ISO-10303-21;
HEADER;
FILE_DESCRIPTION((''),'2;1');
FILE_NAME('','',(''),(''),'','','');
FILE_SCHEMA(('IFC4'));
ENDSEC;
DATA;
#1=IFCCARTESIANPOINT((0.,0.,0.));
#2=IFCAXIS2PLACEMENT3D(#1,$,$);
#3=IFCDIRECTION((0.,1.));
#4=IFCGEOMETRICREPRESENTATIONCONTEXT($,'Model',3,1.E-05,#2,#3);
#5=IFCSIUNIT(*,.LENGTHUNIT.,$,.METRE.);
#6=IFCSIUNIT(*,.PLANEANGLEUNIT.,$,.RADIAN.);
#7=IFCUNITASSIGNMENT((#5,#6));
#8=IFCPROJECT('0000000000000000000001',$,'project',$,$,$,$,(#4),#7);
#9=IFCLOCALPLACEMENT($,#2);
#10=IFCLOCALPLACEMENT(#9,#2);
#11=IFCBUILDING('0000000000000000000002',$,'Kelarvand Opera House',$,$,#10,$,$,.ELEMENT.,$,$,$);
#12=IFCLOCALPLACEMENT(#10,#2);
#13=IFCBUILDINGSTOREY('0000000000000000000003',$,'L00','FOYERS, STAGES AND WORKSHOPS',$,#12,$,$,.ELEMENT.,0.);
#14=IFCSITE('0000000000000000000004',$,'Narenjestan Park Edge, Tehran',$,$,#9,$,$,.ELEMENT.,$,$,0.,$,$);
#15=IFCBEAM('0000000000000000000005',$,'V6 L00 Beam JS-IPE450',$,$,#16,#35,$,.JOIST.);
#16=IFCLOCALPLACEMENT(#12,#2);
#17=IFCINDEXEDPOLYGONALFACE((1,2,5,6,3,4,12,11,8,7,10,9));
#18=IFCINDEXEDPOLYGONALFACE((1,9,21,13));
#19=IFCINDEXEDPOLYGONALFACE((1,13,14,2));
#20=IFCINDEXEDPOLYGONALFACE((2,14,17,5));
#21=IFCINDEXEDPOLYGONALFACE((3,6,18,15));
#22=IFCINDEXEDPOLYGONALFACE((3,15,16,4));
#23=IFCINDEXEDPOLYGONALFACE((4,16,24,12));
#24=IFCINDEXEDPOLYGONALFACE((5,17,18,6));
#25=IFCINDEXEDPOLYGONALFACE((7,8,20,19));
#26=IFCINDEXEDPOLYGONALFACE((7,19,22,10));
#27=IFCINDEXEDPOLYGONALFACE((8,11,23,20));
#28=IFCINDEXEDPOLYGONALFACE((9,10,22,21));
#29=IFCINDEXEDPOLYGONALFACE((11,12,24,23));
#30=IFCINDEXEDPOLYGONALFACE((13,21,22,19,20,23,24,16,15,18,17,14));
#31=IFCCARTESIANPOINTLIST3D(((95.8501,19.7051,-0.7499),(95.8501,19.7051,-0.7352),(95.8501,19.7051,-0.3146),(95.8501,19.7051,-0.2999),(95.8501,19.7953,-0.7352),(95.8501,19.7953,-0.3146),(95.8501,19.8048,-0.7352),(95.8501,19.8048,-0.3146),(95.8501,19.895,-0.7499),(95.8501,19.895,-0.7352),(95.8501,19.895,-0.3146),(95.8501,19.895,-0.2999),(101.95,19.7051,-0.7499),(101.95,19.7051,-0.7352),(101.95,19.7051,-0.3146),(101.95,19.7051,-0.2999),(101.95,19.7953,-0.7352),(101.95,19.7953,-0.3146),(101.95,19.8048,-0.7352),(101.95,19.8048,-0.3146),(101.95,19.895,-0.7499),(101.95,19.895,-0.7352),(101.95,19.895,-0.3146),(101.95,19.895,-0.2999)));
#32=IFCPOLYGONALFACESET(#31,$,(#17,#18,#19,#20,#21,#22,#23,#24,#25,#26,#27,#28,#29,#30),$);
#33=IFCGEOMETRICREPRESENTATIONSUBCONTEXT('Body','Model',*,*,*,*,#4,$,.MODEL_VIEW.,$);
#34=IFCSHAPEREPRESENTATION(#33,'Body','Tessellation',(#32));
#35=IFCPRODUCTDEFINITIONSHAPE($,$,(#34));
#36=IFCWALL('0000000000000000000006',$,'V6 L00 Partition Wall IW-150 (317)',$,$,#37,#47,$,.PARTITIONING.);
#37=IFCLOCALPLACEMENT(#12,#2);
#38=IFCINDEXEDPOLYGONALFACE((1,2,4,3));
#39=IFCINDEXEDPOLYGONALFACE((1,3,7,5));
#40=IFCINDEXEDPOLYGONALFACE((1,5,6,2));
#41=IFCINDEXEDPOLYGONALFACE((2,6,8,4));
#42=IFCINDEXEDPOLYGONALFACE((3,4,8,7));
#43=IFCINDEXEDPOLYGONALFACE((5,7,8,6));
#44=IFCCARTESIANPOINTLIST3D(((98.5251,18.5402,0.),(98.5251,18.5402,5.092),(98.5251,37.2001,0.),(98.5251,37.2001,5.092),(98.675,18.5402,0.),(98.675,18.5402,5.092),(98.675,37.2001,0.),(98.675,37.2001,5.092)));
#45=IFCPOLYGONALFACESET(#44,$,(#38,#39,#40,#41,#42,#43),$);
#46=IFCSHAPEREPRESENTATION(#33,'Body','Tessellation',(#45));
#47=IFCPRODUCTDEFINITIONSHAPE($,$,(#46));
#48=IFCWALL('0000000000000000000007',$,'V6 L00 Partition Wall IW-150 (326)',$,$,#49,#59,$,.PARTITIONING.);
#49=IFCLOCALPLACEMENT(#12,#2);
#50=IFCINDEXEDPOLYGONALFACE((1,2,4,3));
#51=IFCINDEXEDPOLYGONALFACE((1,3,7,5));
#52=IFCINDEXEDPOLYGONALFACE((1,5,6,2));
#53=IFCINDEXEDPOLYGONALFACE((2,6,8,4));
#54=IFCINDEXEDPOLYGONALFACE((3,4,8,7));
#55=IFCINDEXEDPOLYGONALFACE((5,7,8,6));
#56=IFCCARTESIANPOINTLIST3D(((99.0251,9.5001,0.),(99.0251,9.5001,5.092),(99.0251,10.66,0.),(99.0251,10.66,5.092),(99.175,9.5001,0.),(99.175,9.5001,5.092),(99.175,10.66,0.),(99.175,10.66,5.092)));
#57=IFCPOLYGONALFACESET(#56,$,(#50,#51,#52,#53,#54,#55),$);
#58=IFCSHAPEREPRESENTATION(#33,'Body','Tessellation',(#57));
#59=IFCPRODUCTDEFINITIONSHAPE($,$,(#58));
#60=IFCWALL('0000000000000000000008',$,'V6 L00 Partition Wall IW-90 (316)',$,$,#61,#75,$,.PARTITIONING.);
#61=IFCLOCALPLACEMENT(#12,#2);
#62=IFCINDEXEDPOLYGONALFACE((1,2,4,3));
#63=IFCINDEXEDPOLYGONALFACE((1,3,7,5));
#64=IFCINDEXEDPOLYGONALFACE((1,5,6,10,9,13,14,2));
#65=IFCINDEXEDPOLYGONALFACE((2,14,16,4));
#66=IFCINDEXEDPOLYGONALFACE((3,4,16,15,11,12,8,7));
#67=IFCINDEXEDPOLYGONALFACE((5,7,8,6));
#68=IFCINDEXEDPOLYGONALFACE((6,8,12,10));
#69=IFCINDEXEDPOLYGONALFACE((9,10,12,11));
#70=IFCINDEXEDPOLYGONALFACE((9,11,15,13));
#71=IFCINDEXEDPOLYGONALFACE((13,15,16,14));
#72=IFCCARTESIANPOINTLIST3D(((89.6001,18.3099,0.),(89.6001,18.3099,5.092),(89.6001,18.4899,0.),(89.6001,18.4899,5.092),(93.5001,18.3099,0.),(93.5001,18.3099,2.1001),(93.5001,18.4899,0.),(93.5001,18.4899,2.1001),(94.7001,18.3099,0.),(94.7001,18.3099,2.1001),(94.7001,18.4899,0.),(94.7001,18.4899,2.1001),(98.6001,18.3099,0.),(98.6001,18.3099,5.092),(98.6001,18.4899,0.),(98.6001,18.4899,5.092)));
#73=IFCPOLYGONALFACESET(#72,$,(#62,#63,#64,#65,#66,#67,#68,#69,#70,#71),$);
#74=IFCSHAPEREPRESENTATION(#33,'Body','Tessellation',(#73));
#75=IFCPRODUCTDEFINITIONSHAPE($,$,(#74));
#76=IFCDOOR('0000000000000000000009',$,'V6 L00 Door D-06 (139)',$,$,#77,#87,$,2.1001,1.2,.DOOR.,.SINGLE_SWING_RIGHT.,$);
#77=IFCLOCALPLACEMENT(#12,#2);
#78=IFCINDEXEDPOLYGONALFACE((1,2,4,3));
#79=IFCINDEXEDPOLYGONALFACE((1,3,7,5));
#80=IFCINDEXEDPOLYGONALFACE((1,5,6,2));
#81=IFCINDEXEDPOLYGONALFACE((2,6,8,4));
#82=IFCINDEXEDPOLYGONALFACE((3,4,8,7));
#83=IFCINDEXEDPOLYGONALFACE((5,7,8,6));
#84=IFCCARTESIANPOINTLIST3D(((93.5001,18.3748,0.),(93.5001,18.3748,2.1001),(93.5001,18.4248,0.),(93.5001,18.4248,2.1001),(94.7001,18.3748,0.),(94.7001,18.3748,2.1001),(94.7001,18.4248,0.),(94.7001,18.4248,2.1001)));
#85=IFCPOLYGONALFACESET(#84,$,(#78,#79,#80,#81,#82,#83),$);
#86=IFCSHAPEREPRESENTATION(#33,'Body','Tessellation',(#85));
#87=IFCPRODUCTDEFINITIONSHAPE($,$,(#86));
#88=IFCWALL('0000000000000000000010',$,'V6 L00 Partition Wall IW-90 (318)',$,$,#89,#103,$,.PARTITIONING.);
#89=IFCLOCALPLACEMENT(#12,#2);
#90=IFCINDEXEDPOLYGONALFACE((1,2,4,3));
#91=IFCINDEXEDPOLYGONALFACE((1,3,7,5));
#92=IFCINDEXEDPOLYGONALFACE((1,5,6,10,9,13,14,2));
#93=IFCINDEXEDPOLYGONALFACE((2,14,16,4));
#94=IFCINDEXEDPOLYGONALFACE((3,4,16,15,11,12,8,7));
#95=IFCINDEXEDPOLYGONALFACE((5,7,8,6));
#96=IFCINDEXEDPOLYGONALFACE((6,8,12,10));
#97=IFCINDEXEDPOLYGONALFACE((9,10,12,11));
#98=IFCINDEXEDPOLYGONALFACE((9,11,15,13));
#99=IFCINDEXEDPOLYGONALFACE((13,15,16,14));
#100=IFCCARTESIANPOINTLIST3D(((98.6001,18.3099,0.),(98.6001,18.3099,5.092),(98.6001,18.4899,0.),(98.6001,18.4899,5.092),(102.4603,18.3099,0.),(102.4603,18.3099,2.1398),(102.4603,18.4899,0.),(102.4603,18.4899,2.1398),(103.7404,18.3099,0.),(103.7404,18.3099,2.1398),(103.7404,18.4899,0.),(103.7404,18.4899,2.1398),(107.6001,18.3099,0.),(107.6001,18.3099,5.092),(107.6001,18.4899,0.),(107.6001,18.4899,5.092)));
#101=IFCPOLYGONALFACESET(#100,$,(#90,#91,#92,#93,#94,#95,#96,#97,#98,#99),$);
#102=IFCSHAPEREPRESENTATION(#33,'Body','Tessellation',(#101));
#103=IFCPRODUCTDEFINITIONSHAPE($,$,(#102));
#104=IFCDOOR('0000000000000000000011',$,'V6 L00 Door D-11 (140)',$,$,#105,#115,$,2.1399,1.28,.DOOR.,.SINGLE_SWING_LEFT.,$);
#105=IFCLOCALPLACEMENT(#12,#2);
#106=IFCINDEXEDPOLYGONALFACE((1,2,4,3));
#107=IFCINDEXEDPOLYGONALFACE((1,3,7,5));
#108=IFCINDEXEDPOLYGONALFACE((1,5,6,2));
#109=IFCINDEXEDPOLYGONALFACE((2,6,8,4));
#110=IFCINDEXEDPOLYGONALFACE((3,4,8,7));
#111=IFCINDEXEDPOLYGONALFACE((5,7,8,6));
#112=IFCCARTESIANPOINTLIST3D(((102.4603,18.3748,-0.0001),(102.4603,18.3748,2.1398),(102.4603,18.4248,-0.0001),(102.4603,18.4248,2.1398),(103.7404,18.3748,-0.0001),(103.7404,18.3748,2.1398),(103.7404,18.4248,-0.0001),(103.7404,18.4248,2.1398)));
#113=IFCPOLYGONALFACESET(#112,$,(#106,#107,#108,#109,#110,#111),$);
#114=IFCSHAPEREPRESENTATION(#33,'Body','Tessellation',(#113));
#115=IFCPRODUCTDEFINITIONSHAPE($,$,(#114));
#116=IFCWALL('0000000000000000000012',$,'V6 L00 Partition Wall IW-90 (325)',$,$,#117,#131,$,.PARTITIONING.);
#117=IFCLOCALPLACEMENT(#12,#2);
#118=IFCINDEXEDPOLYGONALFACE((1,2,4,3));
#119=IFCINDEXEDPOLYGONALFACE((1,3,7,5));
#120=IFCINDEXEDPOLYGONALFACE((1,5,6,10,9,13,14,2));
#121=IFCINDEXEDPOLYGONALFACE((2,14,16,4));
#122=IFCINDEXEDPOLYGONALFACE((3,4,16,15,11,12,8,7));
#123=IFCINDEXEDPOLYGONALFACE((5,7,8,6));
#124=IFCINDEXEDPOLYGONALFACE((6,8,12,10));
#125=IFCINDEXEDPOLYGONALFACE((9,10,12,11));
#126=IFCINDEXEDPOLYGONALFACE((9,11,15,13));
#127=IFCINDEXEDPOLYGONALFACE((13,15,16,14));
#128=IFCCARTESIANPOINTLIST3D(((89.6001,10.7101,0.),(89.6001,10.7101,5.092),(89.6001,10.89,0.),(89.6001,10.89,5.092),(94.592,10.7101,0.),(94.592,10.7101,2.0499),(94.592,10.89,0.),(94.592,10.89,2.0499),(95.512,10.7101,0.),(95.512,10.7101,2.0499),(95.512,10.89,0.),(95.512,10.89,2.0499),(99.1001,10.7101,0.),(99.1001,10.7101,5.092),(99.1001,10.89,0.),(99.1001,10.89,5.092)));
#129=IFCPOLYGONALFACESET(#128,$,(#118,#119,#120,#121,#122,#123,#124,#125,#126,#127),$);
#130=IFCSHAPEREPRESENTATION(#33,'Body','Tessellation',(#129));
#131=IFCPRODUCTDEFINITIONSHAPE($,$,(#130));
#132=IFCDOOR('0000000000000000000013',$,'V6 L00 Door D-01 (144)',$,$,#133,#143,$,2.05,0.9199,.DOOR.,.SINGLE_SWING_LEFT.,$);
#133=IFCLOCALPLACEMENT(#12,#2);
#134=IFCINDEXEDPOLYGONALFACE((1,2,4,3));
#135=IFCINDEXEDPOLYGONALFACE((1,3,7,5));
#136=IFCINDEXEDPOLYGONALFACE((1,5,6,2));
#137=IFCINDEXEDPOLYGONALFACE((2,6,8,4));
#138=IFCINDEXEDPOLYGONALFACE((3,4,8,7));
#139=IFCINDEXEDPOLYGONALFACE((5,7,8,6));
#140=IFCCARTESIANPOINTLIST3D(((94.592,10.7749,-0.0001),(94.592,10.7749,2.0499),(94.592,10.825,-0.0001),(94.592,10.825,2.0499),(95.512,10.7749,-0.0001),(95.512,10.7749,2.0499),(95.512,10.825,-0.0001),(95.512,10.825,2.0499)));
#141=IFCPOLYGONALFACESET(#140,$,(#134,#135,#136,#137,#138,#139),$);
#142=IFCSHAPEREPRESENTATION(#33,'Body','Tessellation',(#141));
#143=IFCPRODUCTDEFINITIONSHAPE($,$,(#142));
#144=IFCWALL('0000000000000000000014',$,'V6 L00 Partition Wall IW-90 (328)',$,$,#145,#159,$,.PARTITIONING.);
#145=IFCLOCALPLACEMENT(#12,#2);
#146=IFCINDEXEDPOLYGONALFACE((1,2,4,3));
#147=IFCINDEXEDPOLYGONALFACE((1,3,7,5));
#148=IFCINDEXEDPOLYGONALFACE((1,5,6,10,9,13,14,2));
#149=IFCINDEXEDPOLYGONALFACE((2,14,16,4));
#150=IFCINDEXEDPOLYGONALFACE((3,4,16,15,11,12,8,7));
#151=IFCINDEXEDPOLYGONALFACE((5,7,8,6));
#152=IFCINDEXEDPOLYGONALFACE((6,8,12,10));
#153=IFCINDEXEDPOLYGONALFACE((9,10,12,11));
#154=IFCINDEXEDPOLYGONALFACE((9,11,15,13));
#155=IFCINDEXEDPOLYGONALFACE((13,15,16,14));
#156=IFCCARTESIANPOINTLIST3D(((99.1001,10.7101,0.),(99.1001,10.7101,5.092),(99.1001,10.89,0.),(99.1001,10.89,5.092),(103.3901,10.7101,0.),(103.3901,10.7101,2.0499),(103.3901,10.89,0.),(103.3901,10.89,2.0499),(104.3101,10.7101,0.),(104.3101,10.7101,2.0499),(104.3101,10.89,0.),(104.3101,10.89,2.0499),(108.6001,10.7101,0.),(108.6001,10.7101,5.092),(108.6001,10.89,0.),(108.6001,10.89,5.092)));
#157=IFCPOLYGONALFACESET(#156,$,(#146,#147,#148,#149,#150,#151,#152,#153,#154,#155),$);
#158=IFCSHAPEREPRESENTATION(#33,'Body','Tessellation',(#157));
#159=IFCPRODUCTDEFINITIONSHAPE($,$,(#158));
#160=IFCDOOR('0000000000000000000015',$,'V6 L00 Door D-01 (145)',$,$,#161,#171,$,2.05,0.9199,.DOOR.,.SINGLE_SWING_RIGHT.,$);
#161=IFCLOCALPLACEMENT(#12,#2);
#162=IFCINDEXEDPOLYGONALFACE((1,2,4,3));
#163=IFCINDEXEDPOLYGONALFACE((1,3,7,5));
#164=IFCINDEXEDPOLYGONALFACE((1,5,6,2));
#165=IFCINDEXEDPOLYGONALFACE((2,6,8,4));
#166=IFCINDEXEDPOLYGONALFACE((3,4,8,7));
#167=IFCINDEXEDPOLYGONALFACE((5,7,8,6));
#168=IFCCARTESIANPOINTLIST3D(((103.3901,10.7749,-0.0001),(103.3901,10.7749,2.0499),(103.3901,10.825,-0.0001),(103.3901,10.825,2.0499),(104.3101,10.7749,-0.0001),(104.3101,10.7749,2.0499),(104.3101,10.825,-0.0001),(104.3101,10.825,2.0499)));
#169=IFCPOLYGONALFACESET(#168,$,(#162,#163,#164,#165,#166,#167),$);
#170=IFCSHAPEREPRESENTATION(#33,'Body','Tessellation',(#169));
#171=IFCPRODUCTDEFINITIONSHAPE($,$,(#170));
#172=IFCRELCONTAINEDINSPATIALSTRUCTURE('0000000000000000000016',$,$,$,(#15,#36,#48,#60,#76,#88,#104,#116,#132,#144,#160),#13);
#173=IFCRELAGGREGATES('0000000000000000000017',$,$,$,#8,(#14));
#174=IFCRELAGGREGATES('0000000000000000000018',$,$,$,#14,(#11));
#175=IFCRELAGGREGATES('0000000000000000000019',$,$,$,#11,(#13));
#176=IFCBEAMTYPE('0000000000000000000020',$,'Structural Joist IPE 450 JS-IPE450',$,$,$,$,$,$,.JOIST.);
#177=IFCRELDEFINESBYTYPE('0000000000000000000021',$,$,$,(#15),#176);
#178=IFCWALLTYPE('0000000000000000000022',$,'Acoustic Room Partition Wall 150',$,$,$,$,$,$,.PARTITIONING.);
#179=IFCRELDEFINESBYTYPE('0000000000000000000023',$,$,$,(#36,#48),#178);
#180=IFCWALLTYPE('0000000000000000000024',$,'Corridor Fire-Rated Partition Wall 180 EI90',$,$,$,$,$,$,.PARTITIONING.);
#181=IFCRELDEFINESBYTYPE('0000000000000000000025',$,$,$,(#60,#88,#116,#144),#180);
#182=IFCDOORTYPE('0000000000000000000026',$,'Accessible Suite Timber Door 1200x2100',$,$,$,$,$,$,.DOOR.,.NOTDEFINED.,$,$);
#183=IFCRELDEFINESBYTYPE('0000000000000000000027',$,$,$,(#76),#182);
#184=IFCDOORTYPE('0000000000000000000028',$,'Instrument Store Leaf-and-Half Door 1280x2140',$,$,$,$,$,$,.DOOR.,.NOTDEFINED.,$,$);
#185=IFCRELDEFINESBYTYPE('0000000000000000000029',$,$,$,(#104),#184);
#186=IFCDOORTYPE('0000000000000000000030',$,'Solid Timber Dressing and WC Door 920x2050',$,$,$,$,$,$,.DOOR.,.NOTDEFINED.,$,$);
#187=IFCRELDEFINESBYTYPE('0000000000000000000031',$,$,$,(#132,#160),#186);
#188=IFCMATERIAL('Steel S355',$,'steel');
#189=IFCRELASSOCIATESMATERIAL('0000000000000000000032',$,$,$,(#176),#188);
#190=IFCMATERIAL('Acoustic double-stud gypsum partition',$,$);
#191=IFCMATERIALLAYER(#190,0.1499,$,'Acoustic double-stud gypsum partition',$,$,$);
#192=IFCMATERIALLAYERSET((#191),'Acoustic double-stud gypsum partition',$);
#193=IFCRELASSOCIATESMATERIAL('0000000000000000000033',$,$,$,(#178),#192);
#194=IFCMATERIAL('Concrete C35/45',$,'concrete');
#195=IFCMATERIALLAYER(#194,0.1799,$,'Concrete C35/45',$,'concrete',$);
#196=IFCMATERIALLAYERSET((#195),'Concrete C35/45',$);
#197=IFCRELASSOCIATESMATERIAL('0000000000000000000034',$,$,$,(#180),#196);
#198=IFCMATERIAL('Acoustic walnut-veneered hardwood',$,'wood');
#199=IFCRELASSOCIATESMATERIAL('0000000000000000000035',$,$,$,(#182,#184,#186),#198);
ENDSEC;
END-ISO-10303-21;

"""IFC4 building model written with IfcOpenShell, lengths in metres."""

from ifc_helpers import new_model, si_unit, direction, frame, frame_2d, origin, origin_2d, place, context, subcontext, project, spatial, rectangle, i_section, extrude, material, layer, layer_set, material_profile, profile_set, type_object, element, fill, save


model = new_model("IFC4")

# Units and contexts
model_context = context("Model", 3, precision=1e-05, world=origin(), true_north=direction((0.0, 1.0)))
body_context = subcontext(model_context, "Body", "Model", "MODEL_VIEW")
ifc_project = project(units=[si_unit("LENGTHUNIT", "METRE"), si_unit("PLANEANGLEUNIT", "RADIAN")], contexts=[model_context])

# Site, building, storey
site_placement = place(None, origin())
site = spatial("IfcSite", under=ifc_project, at=site_placement, Name="Narenjestan Park Edge, Tehran", CompositionType="ELEMENT", RefElevation=0.0)
building_placement = place(site_placement, origin())
building = spatial("IfcBuilding", under=site, at=building_placement, Name="Kelarvand Opera House", CompositionType="ELEMENT")
storey_placement = place(building_placement, origin())
storey = spatial("IfcBuildingStorey", under=building, at=storey_placement, Name="L00", Description="FOYERS, STAGES AND WORKSHOPS", CompositionType="ELEMENT", Elevation=0.0)

# Beam
ifc_material_1 = material(Name="Steel S355", Category="steel")
ifc_material_profile_1 = material_profile(ifc_material_1, i_section(OverallWidth=0.1899, OverallDepth=0.45, WebThickness=0.0095, FlangeThickness=0.0146, at=origin_2d()), Name="IPE 450", Category="steel")
ifc_profile_set_1 = profile_set([ifc_material_profile_1], Name="Steel S355")
beam_type_1 = type_object("IfcBeamType", Name="Structural Joist IPE 450 JS-IPE450", PredefinedType="JOIST", material=ifc_profile_set_1)
beam_1_placement = place(storey_placement, frame((95.8501, 19.8, -0.5249), z_axis=(1.0, 0.0, 0.0), x_axis=(0.0, 1.0, 0.0)))
element("IfcBeam", 1, at=beam_1_placement, inside=storey, type_object=beam_type_1, Name="V6 L00 Beam JS-IPE450", PredefinedType="JOIST", context=body_context, shape_type="SweptSolid", body=[
    extrude(i_section(OverallWidth=0.1899, OverallDepth=0.45, WebThickness=0.0095, FlangeThickness=0.0146, at=origin_2d()), origin(), (0.0, 0.0, 1.0), 6.0999),
])

# Walls
ifc_material_2 = material(Name="Acoustic double-stud gypsum partition")
ifc_layer_1 = layer(ifc_material_2, 0.1499, Name="Acoustic double-stud gypsum partition")
ifc_layer_set_1 = layer_set([ifc_layer_1], Name="Acoustic double-stud gypsum partition")
wall_type_1 = type_object("IfcWallType", Name="Acoustic Room Partition Wall 150", PredefinedType="PARTITIONING", material=ifc_layer_set_1)
wall_1_placement = place(storey_placement, frame((98.6001, 18.54, 0.0), z_axis=(0.0, 0.0, 1.0), x_axis=(0.0, 1.0, 0.0)))
element("IfcWall", 2, at=wall_1_placement, inside=storey, type_object=wall_type_1, Name="V6 L00 Partition Wall IW-150 (317)", PredefinedType="PARTITIONING", context=body_context, shape_type="SweptSolid", body=[
    extrude(rectangle(XDim=18.6599, YDim=0.1499, at=frame_2d((9.3301, 0.0))), origin(), (0.0, 0.0, 1.0), 5.092),
])
wall_2_placement = place(storey_placement, frame((99.1001, 9.5, 0.0), z_axis=(0.0, 0.0, 1.0), x_axis=(0.0, 1.0, 0.0)))
element("IfcWall", 3, at=wall_2_placement, inside=storey, type_object=wall_type_1, Name="V6 L00 Partition Wall IW-150 (326)", PredefinedType="PARTITIONING", context=body_context, shape_type="SweptSolid", body=[
    extrude(rectangle(XDim=1.1599, YDim=0.1499, at=frame_2d((0.5801, 0.0))), origin(), (0.0, 0.0, 1.0), 5.092),
])

# Walls, openings, doors
ifc_material_3 = material(Name="Concrete C35/45", Category="concrete")
ifc_layer_2 = layer(ifc_material_3, 0.1799, Name="Concrete C35/45", Category="concrete")
ifc_layer_set_2 = layer_set([ifc_layer_2], Name="Concrete C35/45")
wall_type_2 = type_object("IfcWallType", Name="Corridor Fire-Rated Partition Wall 180 EI90", PredefinedType="PARTITIONING", material=ifc_layer_set_2)
wall_3_placement = place(storey_placement, frame((89.6001, 18.3999, 0.0), z_axis=(0.0, 0.0, 1.0), x_axis=(1.0, 0.0, 0.0)))
wall_3 = element("IfcWall", 4, at=wall_3_placement, inside=storey, type_object=wall_type_2, Name="V6 L00 Partition Wall IW-90 (316)", PredefinedType="PARTITIONING", context=body_context, shape_type="SweptSolid", body=[
    extrude(rectangle(XDim=9.0, YDim=0.1799, at=frame_2d((4.5, 0.0))), origin(), (0.0, 0.0, 1.0), 5.092),
])
opening_1_placement = place(wall_3_placement, frame((3.8999, 0.0, 0.0)))
opening_1 = element("IfcOpeningElement", 5, at=opening_1_placement, cuts=wall_3, PredefinedType="OPENING", context=body_context, shape_type="SweptSolid", body=[
    extrude(rectangle(XDim=1.2, YDim=2.1001, at=frame_2d((0.6001, 1.05))), frame((0.0, 0.1001, 0.0), z_axis=(0.0, -1.0, 0.0), x_axis=(1.0, 0.0, 0.0)), (0.0, 0.0, 1.0), 0.2),
])
ifc_material_4 = material(Name="Acoustic walnut-veneered hardwood", Category="wood")
door_type_1 = type_object("IfcDoorType", Name="Accessible Suite Timber Door 1200x2100", OperationType="NOTDEFINED", PredefinedType="DOOR", material=ifc_material_4)
door_1_placement = place(opening_1_placement, origin())
door_1 = element("IfcDoor", 6, at=door_1_placement, inside=storey, type_object=door_type_1, Name="V6 L00 Door D-06 (139)", OperationType="SINGLE_SWING_RIGHT", OverallHeight=2.1001, OverallWidth=1.2, PredefinedType="DOOR", context=body_context, shape_type="SweptSolid", body=[
    extrude(rectangle(XDim=1.2, YDim=2.1001, at=frame_2d((0.6001, 1.05))), frame((0.0, 0.0249, 0.0), z_axis=(0.0, -1.0, 0.0), x_axis=(1.0, 0.0, 0.0)), (0.0, 0.0, 1.0), 0.05),
])
fill(opening_1, door_1)
wall_4_placement = place(storey_placement, frame((98.6001, 18.3999, 0.0), z_axis=(0.0, 0.0, 1.0), x_axis=(1.0, 0.0, 0.0)))
wall_4 = element("IfcWall", 7, at=wall_4_placement, inside=storey, type_object=wall_type_2, Name="V6 L00 Partition Wall IW-90 (318)", PredefinedType="PARTITIONING", context=body_context, shape_type="SweptSolid", body=[
    extrude(rectangle(XDim=9.0, YDim=0.1799, at=frame_2d((4.5, 0.0))), origin(), (0.0, 0.0, 1.0), 5.092),
])
opening_2_placement = place(wall_4_placement, frame((3.8601, 0.0, 0.0)))
opening_2 = element("IfcOpeningElement", 8, at=opening_2_placement, cuts=wall_4, PredefinedType="OPENING", context=body_context, shape_type="SweptSolid", body=[
    extrude(rectangle(XDim=1.28, YDim=2.1399, at=frame_2d((0.6401, 1.0698))), frame((0.0, 0.1001, 0.0), z_axis=(0.0, -1.0, 0.0), x_axis=(1.0, 0.0, 0.0)), (0.0, 0.0, 1.0), 0.2),
])
door_type_2 = type_object("IfcDoorType", Name="Instrument Store Leaf-and-Half Door 1280x2140", OperationType="NOTDEFINED", PredefinedType="DOOR", material=ifc_material_4)
door_2_placement = place(opening_2_placement, origin())
door_2 = element("IfcDoor", 9, at=door_2_placement, inside=storey, type_object=door_type_2, Name="V6 L00 Door D-11 (140)", OperationType="SINGLE_SWING_LEFT", OverallHeight=2.1399, OverallWidth=1.28, PredefinedType="DOOR", context=body_context, shape_type="SweptSolid", body=[
    extrude(rectangle(XDim=1.28, YDim=2.1399, at=frame_2d((0.6401, 1.0698))), frame((0.0, 0.0249, 0.0), z_axis=(0.0, -1.0, 0.0), x_axis=(1.0, 0.0, 0.0)), (0.0, 0.0, 1.0), 0.05),
])
fill(opening_2, door_2)
wall_5_placement = place(storey_placement, frame((89.6001, 10.8, 0.0), z_axis=(0.0, 0.0, 1.0), x_axis=(1.0, 0.0, 0.0)))
wall_5 = element("IfcWall", 10, at=wall_5_placement, inside=storey, type_object=wall_type_2, Name="V6 L00 Partition Wall IW-90 (325)", PredefinedType="PARTITIONING", context=body_context, shape_type="SweptSolid", body=[
    extrude(rectangle(XDim=9.5, YDim=0.1799, at=frame_2d((4.75, 0.0))), origin(), (0.0, 0.0, 1.0), 5.092),
])
opening_3_placement = place(wall_5_placement, frame((4.9919, 0.0, 0.0)))
opening_3 = element("IfcOpeningElement", 11, at=opening_3_placement, cuts=wall_5, PredefinedType="OPENING", context=body_context, shape_type="SweptSolid", body=[
    extrude(rectangle(XDim=0.9199, YDim=2.05, at=frame_2d((0.46, 1.0249))), frame((0.0, 0.1001, 0.0), z_axis=(0.0, -1.0, 0.0), x_axis=(1.0, 0.0, 0.0)), (0.0, 0.0, 1.0), 0.2),
])
door_type_3 = type_object("IfcDoorType", Name="Solid Timber Dressing and WC Door 920x2050", OperationType="NOTDEFINED", PredefinedType="DOOR", material=ifc_material_4)
door_3_placement = place(opening_3_placement, origin())
door_3 = element("IfcDoor", 12, at=door_3_placement, inside=storey, type_object=door_type_3, Name="V6 L00 Door D-01 (144)", OperationType="SINGLE_SWING_LEFT", OverallHeight=2.05, OverallWidth=0.9199, PredefinedType="DOOR", context=body_context, shape_type="SweptSolid", body=[
    extrude(rectangle(XDim=0.9199, YDim=2.05, at=frame_2d((0.46, 1.0249))), frame((0.0, 0.0249, 0.0), z_axis=(0.0, -1.0, 0.0), x_axis=(1.0, 0.0, 0.0)), (0.0, 0.0, 1.0), 0.05),
])
fill(opening_3, door_3)
wall_6_placement = place(storey_placement, frame((99.1001, 10.8, 0.0), z_axis=(0.0, 0.0, 1.0), x_axis=(1.0, 0.0, 0.0)))
wall_6 = element("IfcWall", 13, at=wall_6_placement, inside=storey, type_object=wall_type_2, Name="V6 L00 Partition Wall IW-90 (328)", PredefinedType="PARTITIONING", context=body_context, shape_type="SweptSolid", body=[
    extrude(rectangle(XDim=9.5, YDim=0.1799, at=frame_2d((4.75, 0.0))), origin(), (0.0, 0.0, 1.0), 5.092),
])
opening_4_placement = place(wall_6_placement, frame((4.29, 0.0, 0.0)))
opening_4 = element("IfcOpeningElement", 14, at=opening_4_placement, cuts=wall_6, PredefinedType="OPENING", context=body_context, shape_type="SweptSolid", body=[
    extrude(rectangle(XDim=0.9199, YDim=2.05, at=frame_2d((0.46, 1.0249))), frame((0.0, 0.1001, 0.0), z_axis=(0.0, -1.0, 0.0), x_axis=(1.0, 0.0, 0.0)), (0.0, 0.0, 1.0), 0.2),
])
door_4_placement = place(opening_4_placement, origin())
door_4 = element("IfcDoor", 15, at=door_4_placement, inside=storey, type_object=door_type_3, Name="V6 L00 Door D-01 (145)", OperationType="SINGLE_SWING_RIGHT", OverallHeight=2.05, OverallWidth=0.9199, PredefinedType="DOOR", context=body_context, shape_type="SweptSolid", body=[
    extrude(rectangle(XDim=0.9199, YDim=2.05, at=frame_2d((0.46, 1.0249))), frame((0.0, 0.0249, 0.0), z_axis=(0.0, -1.0, 0.0), x_axis=(1.0, 0.0, 0.0)), (0.0, 0.0, 1.0), 0.05),
])
fill(opening_4, door_4)

save(model, "model.ifc")
